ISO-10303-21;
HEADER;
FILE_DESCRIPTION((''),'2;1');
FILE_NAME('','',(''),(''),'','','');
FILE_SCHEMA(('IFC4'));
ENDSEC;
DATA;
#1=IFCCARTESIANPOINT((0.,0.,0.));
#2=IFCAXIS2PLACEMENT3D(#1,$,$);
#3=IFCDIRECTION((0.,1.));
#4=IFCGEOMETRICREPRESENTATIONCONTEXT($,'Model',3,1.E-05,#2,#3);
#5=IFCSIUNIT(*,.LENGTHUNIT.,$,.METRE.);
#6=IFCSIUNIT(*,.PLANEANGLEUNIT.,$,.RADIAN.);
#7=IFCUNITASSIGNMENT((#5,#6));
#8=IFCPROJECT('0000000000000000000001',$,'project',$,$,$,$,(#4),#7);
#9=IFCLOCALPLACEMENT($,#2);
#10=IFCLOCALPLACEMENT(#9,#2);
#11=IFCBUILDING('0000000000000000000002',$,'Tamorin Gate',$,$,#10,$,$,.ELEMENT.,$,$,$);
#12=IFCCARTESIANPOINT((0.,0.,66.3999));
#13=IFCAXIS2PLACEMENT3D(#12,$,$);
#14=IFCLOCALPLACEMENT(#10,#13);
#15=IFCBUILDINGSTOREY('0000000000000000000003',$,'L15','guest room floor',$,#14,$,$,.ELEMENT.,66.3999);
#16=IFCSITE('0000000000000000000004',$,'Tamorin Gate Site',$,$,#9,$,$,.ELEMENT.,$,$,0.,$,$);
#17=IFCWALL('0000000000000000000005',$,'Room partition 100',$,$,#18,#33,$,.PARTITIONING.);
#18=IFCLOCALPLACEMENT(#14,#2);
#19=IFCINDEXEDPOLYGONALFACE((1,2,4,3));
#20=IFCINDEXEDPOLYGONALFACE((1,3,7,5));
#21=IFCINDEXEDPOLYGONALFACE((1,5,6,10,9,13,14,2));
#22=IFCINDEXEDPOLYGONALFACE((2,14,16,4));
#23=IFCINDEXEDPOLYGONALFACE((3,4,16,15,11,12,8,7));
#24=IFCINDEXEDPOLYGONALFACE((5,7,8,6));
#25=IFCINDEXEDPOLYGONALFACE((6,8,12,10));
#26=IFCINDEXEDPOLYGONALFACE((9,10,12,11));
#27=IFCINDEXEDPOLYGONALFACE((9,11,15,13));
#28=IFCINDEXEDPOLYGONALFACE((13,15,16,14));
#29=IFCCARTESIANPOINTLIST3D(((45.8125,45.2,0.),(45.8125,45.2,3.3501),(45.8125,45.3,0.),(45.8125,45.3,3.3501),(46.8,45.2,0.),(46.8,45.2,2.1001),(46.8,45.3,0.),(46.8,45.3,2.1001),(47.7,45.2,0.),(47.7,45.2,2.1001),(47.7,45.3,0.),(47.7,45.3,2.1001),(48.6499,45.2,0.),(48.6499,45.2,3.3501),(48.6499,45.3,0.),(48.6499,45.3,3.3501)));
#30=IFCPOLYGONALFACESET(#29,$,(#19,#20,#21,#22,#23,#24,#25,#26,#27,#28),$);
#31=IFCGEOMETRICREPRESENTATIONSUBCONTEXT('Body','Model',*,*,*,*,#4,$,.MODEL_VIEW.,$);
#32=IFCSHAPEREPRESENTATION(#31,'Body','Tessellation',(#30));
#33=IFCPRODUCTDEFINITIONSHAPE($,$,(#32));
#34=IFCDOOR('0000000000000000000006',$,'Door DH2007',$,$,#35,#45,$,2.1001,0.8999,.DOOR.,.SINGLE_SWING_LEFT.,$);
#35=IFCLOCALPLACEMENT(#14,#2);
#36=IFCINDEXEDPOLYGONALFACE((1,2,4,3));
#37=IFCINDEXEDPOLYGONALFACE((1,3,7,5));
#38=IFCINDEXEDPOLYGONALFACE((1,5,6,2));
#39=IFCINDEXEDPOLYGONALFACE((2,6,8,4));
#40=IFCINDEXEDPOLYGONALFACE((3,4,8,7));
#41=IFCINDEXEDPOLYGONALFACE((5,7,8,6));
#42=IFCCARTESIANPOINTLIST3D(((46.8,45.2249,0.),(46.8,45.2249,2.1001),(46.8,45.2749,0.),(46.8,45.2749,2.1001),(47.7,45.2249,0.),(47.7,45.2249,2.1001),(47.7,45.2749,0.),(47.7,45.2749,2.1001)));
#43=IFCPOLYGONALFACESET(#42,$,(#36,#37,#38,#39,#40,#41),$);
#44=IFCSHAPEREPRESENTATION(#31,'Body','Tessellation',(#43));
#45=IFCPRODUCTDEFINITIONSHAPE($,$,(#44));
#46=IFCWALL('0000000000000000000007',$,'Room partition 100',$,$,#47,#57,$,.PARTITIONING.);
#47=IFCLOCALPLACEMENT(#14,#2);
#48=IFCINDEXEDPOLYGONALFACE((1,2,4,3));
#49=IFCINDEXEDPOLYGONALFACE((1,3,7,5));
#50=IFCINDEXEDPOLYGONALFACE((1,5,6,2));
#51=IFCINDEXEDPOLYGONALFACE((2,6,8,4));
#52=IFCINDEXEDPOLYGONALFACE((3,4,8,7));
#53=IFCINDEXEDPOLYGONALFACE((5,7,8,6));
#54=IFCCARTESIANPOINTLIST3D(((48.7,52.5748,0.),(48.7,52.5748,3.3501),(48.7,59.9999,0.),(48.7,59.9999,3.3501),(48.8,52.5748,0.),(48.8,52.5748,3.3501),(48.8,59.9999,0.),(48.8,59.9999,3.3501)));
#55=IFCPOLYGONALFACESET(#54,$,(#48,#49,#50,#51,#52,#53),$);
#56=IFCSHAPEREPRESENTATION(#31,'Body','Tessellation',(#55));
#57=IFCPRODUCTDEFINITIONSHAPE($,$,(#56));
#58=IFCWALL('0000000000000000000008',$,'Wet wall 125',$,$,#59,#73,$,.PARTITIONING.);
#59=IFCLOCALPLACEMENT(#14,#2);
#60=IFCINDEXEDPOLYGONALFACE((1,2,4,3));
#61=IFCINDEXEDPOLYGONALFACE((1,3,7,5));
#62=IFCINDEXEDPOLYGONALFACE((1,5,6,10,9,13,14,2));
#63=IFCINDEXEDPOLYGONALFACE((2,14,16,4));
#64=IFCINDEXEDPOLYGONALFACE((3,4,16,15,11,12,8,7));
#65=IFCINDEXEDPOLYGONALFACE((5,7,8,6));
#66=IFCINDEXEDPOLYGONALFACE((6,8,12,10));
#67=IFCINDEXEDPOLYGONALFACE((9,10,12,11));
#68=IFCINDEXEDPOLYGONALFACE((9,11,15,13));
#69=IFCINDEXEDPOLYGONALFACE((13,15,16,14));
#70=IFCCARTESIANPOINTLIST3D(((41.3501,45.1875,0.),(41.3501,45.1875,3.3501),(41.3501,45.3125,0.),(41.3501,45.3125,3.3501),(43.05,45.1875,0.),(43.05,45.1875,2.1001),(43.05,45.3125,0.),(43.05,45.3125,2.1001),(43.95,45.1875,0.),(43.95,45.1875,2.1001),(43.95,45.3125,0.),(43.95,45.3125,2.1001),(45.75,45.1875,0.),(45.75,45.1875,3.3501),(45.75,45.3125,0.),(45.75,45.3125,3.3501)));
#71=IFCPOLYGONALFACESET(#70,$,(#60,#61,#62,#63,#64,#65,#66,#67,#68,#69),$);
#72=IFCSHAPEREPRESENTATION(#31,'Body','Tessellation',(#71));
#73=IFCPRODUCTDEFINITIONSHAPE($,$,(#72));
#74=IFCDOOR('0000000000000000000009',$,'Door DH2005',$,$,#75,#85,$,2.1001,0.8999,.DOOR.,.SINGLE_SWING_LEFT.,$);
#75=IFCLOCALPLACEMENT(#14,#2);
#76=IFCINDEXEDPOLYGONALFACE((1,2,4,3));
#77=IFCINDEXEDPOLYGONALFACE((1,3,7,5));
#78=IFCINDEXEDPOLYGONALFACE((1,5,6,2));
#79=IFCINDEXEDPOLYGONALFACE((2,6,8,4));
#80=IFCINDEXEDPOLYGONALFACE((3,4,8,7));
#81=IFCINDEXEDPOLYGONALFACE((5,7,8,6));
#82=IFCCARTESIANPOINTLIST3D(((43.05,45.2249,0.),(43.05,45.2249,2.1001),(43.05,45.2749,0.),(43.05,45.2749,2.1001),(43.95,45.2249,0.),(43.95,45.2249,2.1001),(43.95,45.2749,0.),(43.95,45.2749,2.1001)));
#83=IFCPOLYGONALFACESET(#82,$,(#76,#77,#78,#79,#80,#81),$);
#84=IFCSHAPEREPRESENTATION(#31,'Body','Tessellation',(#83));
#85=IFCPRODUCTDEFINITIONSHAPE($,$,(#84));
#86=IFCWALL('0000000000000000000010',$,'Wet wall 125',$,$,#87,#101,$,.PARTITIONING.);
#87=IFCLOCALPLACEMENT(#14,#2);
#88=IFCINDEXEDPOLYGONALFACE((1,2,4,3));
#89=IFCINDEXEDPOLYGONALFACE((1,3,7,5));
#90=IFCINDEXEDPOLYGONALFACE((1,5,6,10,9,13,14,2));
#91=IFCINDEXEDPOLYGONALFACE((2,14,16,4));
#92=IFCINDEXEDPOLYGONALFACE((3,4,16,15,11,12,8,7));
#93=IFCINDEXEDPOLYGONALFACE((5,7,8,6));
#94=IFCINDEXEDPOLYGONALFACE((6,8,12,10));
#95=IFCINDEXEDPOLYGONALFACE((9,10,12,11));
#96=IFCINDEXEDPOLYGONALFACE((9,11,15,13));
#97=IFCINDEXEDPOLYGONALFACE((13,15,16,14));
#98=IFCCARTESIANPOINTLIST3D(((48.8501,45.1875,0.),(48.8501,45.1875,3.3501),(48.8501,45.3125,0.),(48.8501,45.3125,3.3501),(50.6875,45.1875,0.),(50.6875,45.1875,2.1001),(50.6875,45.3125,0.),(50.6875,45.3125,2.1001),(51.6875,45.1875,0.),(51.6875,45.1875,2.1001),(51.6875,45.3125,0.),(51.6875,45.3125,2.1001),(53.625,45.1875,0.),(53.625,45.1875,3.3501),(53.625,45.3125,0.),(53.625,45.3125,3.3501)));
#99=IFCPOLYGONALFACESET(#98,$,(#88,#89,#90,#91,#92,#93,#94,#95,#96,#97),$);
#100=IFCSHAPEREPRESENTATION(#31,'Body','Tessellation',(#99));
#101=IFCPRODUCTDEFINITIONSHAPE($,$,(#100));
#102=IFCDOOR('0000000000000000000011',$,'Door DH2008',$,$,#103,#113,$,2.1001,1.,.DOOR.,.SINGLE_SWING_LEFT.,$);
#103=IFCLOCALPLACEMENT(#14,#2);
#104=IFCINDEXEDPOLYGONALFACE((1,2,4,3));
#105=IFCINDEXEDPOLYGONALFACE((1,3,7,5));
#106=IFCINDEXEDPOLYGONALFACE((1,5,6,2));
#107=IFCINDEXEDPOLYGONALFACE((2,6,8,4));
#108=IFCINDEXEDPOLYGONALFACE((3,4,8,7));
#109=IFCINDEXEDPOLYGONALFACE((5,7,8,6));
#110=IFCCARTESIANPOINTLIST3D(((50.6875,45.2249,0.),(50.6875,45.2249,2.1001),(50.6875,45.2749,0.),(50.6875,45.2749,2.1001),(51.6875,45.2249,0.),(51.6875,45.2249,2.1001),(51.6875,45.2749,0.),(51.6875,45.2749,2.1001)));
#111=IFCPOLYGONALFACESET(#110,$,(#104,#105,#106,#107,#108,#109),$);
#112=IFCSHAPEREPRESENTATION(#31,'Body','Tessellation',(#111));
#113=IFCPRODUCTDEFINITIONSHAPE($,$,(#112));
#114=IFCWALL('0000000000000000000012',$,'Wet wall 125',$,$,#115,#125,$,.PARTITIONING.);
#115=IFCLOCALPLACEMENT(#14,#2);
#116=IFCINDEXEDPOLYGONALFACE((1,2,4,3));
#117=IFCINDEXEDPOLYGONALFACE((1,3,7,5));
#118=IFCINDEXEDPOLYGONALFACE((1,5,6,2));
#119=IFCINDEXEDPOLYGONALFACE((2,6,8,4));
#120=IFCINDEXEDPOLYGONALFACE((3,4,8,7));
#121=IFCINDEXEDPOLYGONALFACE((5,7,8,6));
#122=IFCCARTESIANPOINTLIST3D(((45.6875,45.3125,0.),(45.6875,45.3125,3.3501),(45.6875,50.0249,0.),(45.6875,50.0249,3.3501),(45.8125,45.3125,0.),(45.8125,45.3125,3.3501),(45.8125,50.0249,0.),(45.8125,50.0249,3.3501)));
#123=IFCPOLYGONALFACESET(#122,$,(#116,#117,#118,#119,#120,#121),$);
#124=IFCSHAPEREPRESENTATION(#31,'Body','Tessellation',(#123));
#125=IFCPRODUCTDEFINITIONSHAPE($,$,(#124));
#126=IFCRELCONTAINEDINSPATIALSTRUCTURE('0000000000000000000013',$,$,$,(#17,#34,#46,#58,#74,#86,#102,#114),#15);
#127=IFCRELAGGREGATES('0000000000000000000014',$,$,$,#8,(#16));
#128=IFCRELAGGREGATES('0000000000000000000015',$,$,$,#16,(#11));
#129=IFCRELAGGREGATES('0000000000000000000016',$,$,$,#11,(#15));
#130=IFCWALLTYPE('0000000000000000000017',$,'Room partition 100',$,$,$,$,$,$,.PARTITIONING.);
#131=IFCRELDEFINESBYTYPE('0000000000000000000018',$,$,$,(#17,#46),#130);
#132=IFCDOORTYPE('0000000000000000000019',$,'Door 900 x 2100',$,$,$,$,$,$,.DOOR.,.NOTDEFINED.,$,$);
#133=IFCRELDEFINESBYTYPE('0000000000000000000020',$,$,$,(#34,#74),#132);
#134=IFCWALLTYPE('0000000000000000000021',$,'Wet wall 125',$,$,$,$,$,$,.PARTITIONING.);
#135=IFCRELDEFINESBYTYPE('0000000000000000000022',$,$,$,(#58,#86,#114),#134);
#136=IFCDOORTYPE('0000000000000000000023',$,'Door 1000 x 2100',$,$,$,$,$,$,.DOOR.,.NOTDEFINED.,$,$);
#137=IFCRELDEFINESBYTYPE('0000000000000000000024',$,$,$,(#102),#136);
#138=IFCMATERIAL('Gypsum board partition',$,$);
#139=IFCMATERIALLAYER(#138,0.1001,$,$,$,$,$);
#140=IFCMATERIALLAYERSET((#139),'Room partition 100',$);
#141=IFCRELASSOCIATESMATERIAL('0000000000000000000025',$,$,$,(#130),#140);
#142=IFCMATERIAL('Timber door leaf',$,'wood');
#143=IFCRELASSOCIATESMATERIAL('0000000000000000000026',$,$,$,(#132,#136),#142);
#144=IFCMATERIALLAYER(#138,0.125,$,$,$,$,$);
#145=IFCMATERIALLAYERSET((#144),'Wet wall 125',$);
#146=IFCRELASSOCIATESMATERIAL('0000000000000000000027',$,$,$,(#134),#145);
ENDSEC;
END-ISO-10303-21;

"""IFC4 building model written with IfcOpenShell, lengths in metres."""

from ifc_helpers import new_model, si_unit, direction, frame, frame_2d, origin, place, context, subcontext, project, spatial, rectangle, extrude, material, layer, layer_set, type_object, element, fill, save


model = new_model("IFC4")

# Units and contexts
model_context = context("Model", 3, precision=1e-05, world=origin(), true_north=direction((0.0, 1.0)))
body_context = subcontext(model_context, "Body", "Model", "MODEL_VIEW")
ifc_project = project(units=[si_unit("LENGTHUNIT", "METRE"), si_unit("PLANEANGLEUNIT", "RADIAN")], contexts=[model_context])

# Site, building, storey
site_placement = place(None, origin())
site = spatial("IfcSite", under=ifc_project, at=site_placement, Name="Tamorin Gate Site", CompositionType="ELEMENT", RefElevation=0.0)
building_placement = place(site_placement, origin())
building = spatial("IfcBuilding", under=site, at=building_placement, Name="Tamorin Gate", CompositionType="ELEMENT")
storey_placement = place(building_placement, frame((0.0, 0.0, 66.3999)))
storey = spatial("IfcBuildingStorey", under=building, at=storey_placement, Name="L15", Description="guest room floor", CompositionType="ELEMENT", Elevation=66.3999)

# Shared definitions
ifc_material_1 = material(Name="Gypsum board partition")

# Wall, opening, door
ifc_layer_1 = layer(ifc_material_1, 0.1001)
ifc_layer_set_1 = layer_set([ifc_layer_1], Name="Room partition 100")
wall_type_1 = type_object("IfcWallType", Name="Room partition 100", PredefinedType="PARTITIONING", material=ifc_layer_set_1)
wall_1_placement = place(storey_placement, frame((45.8125, 45.25, 0.0), z_axis=(0.0, 0.0, 1.0), x_axis=(1.0, 0.0, 0.0)))
wall_1 = element("IfcWall", 1, at=wall_1_placement, inside=storey, type_object=wall_type_1, Name="Room partition 100", PredefinedType="PARTITIONING", context=body_context, shape_type="SweptSolid", body=[
    extrude(rectangle(XDim=2.8374, YDim=0.1001, at=frame_2d((1.4187, 0.0))), origin(), (0.0, 0.0, 1.0), 3.3501),
])
opening_1_placement = place(wall_1_placement, frame((0.9875, 0.0, 0.0)))
opening_1 = element("IfcOpeningElement", 2, at=opening_1_placement, cuts=wall_1, PredefinedType="OPENING", context=body_context, shape_type="SweptSolid", body=[
    extrude(rectangle(XDim=0.8999, YDim=2.1001, at=frame_2d((0.45, 1.05))), frame((0.0, 0.0601, 0.0), z_axis=(0.0, -1.0, 0.0), x_axis=(1.0, 0.0, 0.0)), (0.0, 0.0, 1.0), 0.1201),
])
ifc_material_2 = material(Name="Timber door leaf", Category="wood")
door_type_1 = type_object("IfcDoorType", Name="Door 900 x 2100", OperationType="NOTDEFINED", PredefinedType="DOOR", material=ifc_material_2)
door_1_placement = place(opening_1_placement, origin())
door_1 = element("IfcDoor", 3, at=door_1_placement, inside=storey, type_object=door_type_1, Name="Door DH2007", OperationType="SINGLE_SWING_LEFT", OverallHeight=2.1001, OverallWidth=0.8999, PredefinedType="DOOR", context=body_context, shape_type="SweptSolid", body=[
    extrude(rectangle(XDim=0.8999, YDim=2.1001, at=frame_2d((0.45, 1.05))), frame((0.0, 0.0249, 0.0), z_axis=(0.0, -1.0, 0.0), x_axis=(1.0, 0.0, 0.0)), (0.0, 0.0, 1.0), 0.05),
])
fill(opening_1, door_1)

# Wall
wall_2_placement = place(storey_placement, frame((48.75, 52.575, 0.0), z_axis=(0.0, 0.0, 1.0), x_axis=(0.0, 1.0, 0.0)))
element("IfcWall", 4, at=wall_2_placement, inside=storey, type_object=wall_type_1, Name="Room partition 100", PredefinedType="PARTITIONING", context=body_context, shape_type="SweptSolid", body=[
    extrude(rectangle(XDim=7.425, YDim=0.1001, at=frame_2d((3.7124, 0.0))), origin(), (0.0, 0.0, 1.0), 3.3501),
])

# Walls, openings, doors
ifc_layer_2 = layer(ifc_material_1, 0.125)
ifc_layer_set_2 = layer_set([ifc_layer_2], Name="Wet wall 125")
wall_type_2 = type_object("IfcWallType", Name="Wet wall 125", PredefinedType="PARTITIONING", material=ifc_layer_set_2)
wall_3_placement = place(storey_placement, frame((41.3501, 45.25, 0.0), z_axis=(0.0, 0.0, 1.0), x_axis=(1.0, 0.0, 0.0)))
wall_3 = element("IfcWall", 5, at=wall_3_placement, inside=storey, type_object=wall_type_2, Name="Wet wall 125", PredefinedType="PARTITIONING", context=body_context, shape_type="SweptSolid", body=[
    extrude(rectangle(XDim=4.3999, YDim=0.125, at=frame_2d((2.2, 0.0))), origin(), (0.0, 0.0, 1.0), 3.3501),
])
opening_2_placement = place(wall_3_placement, frame((1.7, 0.0, 0.0)))
opening_2 = element("IfcOpeningElement", 6, at=opening_2_placement, cuts=wall_3, PredefinedType="OPENING", context=body_context, shape_type="SweptSolid", body=[
    extrude(rectangle(XDim=0.8999, YDim=2.1001, at=frame_2d((0.45, 1.05))), frame((0.0, 0.0725, 0.0), z_axis=(0.0, -1.0, 0.0), x_axis=(1.0, 0.0, 0.0)), (0.0, 0.0, 1.0), 0.145),
])
door_2_placement = place(opening_2_placement, origin())
door_2 = element("IfcDoor", 7, at=door_2_placement, inside=storey, type_object=door_type_1, Name="Door DH2005", OperationType="SINGLE_SWING_LEFT", OverallHeight=2.1001, OverallWidth=0.8999, PredefinedType="DOOR", context=body_context, shape_type="SweptSolid", body=[
    extrude(rectangle(XDim=0.8999, YDim=2.1001, at=frame_2d((0.45, 1.05))), frame((0.0, 0.0249, 0.0), z_axis=(0.0, -1.0, 0.0), x_axis=(1.0, 0.0, 0.0)), (0.0, 0.0, 1.0), 0.05),
])
fill(opening_2, door_2)
wall_4_placement = place(storey_placement, frame((48.8501, 45.25, 0.0), z_axis=(0.0, 0.0, 1.0), x_axis=(1.0, 0.0, 0.0)))
wall_4 = element("IfcWall", 8, at=wall_4_placement, inside=storey, type_object=wall_type_2, Name="Wet wall 125", PredefinedType="PARTITIONING", context=body_context, shape_type="SweptSolid", body=[
    extrude(rectangle(XDim=4.7749, YDim=0.125, at=frame_2d((2.3875, 0.0))), origin(), (0.0, 0.0, 1.0), 3.3501),
])
opening_3_placement = place(wall_4_placement, frame((1.8374, 0.0, 0.0)))
opening_3 = element("IfcOpeningElement", 9, at=opening_3_placement, cuts=wall_4, PredefinedType="OPENING", context=body_context, shape_type="SweptSolid", body=[
    extrude(rectangle(XDim=1.0, YDim=2.1001, at=frame_2d((0.5, 1.05))), frame((0.0, 0.0725, 0.0), z_axis=(0.0, -1.0, 0.0), x_axis=(1.0, 0.0, 0.0)), (0.0, 0.0, 1.0), 0.145),
])
door_type_2 = type_object("IfcDoorType", Name="Door 1000 x 2100", OperationType="NOTDEFINED", PredefinedType="DOOR", material=ifc_material_2)
door_3_placement = place(opening_3_placement, origin())
door_3 = element("IfcDoor", 10, at=door_3_placement, inside=storey, type_object=door_type_2, Name="Door DH2008", OperationType="SINGLE_SWING_LEFT", OverallHeight=2.1001, OverallWidth=1.0, PredefinedType="DOOR", context=body_context, shape_type="SweptSolid", body=[
    extrude(rectangle(XDim=1.0, YDim=2.1001, at=frame_2d((0.5, 1.05))), frame((0.0, 0.0249, 0.0), z_axis=(0.0, -1.0, 0.0), x_axis=(1.0, 0.0, 0.0)), (0.0, 0.0, 1.0), 0.05),
])
fill(opening_3, door_3)

# Wall
wall_5_placement = place(storey_placement, frame((45.75, 45.3125, 0.0), z_axis=(0.0, 0.0, 1.0), x_axis=(0.0, 1.0, 0.0)))
element("IfcWall", 11, at=wall_5_placement, inside=storey, type_object=wall_type_2, Name="Wet wall 125", PredefinedType="PARTITIONING", context=body_context, shape_type="SweptSolid", body=[
    extrude(rectangle(XDim=4.7124, YDim=0.125, at=frame_2d((2.3562, 0.0))), origin(), (0.0, 0.0, 1.0), 3.3501),
])

save(model, "model.ifc")
